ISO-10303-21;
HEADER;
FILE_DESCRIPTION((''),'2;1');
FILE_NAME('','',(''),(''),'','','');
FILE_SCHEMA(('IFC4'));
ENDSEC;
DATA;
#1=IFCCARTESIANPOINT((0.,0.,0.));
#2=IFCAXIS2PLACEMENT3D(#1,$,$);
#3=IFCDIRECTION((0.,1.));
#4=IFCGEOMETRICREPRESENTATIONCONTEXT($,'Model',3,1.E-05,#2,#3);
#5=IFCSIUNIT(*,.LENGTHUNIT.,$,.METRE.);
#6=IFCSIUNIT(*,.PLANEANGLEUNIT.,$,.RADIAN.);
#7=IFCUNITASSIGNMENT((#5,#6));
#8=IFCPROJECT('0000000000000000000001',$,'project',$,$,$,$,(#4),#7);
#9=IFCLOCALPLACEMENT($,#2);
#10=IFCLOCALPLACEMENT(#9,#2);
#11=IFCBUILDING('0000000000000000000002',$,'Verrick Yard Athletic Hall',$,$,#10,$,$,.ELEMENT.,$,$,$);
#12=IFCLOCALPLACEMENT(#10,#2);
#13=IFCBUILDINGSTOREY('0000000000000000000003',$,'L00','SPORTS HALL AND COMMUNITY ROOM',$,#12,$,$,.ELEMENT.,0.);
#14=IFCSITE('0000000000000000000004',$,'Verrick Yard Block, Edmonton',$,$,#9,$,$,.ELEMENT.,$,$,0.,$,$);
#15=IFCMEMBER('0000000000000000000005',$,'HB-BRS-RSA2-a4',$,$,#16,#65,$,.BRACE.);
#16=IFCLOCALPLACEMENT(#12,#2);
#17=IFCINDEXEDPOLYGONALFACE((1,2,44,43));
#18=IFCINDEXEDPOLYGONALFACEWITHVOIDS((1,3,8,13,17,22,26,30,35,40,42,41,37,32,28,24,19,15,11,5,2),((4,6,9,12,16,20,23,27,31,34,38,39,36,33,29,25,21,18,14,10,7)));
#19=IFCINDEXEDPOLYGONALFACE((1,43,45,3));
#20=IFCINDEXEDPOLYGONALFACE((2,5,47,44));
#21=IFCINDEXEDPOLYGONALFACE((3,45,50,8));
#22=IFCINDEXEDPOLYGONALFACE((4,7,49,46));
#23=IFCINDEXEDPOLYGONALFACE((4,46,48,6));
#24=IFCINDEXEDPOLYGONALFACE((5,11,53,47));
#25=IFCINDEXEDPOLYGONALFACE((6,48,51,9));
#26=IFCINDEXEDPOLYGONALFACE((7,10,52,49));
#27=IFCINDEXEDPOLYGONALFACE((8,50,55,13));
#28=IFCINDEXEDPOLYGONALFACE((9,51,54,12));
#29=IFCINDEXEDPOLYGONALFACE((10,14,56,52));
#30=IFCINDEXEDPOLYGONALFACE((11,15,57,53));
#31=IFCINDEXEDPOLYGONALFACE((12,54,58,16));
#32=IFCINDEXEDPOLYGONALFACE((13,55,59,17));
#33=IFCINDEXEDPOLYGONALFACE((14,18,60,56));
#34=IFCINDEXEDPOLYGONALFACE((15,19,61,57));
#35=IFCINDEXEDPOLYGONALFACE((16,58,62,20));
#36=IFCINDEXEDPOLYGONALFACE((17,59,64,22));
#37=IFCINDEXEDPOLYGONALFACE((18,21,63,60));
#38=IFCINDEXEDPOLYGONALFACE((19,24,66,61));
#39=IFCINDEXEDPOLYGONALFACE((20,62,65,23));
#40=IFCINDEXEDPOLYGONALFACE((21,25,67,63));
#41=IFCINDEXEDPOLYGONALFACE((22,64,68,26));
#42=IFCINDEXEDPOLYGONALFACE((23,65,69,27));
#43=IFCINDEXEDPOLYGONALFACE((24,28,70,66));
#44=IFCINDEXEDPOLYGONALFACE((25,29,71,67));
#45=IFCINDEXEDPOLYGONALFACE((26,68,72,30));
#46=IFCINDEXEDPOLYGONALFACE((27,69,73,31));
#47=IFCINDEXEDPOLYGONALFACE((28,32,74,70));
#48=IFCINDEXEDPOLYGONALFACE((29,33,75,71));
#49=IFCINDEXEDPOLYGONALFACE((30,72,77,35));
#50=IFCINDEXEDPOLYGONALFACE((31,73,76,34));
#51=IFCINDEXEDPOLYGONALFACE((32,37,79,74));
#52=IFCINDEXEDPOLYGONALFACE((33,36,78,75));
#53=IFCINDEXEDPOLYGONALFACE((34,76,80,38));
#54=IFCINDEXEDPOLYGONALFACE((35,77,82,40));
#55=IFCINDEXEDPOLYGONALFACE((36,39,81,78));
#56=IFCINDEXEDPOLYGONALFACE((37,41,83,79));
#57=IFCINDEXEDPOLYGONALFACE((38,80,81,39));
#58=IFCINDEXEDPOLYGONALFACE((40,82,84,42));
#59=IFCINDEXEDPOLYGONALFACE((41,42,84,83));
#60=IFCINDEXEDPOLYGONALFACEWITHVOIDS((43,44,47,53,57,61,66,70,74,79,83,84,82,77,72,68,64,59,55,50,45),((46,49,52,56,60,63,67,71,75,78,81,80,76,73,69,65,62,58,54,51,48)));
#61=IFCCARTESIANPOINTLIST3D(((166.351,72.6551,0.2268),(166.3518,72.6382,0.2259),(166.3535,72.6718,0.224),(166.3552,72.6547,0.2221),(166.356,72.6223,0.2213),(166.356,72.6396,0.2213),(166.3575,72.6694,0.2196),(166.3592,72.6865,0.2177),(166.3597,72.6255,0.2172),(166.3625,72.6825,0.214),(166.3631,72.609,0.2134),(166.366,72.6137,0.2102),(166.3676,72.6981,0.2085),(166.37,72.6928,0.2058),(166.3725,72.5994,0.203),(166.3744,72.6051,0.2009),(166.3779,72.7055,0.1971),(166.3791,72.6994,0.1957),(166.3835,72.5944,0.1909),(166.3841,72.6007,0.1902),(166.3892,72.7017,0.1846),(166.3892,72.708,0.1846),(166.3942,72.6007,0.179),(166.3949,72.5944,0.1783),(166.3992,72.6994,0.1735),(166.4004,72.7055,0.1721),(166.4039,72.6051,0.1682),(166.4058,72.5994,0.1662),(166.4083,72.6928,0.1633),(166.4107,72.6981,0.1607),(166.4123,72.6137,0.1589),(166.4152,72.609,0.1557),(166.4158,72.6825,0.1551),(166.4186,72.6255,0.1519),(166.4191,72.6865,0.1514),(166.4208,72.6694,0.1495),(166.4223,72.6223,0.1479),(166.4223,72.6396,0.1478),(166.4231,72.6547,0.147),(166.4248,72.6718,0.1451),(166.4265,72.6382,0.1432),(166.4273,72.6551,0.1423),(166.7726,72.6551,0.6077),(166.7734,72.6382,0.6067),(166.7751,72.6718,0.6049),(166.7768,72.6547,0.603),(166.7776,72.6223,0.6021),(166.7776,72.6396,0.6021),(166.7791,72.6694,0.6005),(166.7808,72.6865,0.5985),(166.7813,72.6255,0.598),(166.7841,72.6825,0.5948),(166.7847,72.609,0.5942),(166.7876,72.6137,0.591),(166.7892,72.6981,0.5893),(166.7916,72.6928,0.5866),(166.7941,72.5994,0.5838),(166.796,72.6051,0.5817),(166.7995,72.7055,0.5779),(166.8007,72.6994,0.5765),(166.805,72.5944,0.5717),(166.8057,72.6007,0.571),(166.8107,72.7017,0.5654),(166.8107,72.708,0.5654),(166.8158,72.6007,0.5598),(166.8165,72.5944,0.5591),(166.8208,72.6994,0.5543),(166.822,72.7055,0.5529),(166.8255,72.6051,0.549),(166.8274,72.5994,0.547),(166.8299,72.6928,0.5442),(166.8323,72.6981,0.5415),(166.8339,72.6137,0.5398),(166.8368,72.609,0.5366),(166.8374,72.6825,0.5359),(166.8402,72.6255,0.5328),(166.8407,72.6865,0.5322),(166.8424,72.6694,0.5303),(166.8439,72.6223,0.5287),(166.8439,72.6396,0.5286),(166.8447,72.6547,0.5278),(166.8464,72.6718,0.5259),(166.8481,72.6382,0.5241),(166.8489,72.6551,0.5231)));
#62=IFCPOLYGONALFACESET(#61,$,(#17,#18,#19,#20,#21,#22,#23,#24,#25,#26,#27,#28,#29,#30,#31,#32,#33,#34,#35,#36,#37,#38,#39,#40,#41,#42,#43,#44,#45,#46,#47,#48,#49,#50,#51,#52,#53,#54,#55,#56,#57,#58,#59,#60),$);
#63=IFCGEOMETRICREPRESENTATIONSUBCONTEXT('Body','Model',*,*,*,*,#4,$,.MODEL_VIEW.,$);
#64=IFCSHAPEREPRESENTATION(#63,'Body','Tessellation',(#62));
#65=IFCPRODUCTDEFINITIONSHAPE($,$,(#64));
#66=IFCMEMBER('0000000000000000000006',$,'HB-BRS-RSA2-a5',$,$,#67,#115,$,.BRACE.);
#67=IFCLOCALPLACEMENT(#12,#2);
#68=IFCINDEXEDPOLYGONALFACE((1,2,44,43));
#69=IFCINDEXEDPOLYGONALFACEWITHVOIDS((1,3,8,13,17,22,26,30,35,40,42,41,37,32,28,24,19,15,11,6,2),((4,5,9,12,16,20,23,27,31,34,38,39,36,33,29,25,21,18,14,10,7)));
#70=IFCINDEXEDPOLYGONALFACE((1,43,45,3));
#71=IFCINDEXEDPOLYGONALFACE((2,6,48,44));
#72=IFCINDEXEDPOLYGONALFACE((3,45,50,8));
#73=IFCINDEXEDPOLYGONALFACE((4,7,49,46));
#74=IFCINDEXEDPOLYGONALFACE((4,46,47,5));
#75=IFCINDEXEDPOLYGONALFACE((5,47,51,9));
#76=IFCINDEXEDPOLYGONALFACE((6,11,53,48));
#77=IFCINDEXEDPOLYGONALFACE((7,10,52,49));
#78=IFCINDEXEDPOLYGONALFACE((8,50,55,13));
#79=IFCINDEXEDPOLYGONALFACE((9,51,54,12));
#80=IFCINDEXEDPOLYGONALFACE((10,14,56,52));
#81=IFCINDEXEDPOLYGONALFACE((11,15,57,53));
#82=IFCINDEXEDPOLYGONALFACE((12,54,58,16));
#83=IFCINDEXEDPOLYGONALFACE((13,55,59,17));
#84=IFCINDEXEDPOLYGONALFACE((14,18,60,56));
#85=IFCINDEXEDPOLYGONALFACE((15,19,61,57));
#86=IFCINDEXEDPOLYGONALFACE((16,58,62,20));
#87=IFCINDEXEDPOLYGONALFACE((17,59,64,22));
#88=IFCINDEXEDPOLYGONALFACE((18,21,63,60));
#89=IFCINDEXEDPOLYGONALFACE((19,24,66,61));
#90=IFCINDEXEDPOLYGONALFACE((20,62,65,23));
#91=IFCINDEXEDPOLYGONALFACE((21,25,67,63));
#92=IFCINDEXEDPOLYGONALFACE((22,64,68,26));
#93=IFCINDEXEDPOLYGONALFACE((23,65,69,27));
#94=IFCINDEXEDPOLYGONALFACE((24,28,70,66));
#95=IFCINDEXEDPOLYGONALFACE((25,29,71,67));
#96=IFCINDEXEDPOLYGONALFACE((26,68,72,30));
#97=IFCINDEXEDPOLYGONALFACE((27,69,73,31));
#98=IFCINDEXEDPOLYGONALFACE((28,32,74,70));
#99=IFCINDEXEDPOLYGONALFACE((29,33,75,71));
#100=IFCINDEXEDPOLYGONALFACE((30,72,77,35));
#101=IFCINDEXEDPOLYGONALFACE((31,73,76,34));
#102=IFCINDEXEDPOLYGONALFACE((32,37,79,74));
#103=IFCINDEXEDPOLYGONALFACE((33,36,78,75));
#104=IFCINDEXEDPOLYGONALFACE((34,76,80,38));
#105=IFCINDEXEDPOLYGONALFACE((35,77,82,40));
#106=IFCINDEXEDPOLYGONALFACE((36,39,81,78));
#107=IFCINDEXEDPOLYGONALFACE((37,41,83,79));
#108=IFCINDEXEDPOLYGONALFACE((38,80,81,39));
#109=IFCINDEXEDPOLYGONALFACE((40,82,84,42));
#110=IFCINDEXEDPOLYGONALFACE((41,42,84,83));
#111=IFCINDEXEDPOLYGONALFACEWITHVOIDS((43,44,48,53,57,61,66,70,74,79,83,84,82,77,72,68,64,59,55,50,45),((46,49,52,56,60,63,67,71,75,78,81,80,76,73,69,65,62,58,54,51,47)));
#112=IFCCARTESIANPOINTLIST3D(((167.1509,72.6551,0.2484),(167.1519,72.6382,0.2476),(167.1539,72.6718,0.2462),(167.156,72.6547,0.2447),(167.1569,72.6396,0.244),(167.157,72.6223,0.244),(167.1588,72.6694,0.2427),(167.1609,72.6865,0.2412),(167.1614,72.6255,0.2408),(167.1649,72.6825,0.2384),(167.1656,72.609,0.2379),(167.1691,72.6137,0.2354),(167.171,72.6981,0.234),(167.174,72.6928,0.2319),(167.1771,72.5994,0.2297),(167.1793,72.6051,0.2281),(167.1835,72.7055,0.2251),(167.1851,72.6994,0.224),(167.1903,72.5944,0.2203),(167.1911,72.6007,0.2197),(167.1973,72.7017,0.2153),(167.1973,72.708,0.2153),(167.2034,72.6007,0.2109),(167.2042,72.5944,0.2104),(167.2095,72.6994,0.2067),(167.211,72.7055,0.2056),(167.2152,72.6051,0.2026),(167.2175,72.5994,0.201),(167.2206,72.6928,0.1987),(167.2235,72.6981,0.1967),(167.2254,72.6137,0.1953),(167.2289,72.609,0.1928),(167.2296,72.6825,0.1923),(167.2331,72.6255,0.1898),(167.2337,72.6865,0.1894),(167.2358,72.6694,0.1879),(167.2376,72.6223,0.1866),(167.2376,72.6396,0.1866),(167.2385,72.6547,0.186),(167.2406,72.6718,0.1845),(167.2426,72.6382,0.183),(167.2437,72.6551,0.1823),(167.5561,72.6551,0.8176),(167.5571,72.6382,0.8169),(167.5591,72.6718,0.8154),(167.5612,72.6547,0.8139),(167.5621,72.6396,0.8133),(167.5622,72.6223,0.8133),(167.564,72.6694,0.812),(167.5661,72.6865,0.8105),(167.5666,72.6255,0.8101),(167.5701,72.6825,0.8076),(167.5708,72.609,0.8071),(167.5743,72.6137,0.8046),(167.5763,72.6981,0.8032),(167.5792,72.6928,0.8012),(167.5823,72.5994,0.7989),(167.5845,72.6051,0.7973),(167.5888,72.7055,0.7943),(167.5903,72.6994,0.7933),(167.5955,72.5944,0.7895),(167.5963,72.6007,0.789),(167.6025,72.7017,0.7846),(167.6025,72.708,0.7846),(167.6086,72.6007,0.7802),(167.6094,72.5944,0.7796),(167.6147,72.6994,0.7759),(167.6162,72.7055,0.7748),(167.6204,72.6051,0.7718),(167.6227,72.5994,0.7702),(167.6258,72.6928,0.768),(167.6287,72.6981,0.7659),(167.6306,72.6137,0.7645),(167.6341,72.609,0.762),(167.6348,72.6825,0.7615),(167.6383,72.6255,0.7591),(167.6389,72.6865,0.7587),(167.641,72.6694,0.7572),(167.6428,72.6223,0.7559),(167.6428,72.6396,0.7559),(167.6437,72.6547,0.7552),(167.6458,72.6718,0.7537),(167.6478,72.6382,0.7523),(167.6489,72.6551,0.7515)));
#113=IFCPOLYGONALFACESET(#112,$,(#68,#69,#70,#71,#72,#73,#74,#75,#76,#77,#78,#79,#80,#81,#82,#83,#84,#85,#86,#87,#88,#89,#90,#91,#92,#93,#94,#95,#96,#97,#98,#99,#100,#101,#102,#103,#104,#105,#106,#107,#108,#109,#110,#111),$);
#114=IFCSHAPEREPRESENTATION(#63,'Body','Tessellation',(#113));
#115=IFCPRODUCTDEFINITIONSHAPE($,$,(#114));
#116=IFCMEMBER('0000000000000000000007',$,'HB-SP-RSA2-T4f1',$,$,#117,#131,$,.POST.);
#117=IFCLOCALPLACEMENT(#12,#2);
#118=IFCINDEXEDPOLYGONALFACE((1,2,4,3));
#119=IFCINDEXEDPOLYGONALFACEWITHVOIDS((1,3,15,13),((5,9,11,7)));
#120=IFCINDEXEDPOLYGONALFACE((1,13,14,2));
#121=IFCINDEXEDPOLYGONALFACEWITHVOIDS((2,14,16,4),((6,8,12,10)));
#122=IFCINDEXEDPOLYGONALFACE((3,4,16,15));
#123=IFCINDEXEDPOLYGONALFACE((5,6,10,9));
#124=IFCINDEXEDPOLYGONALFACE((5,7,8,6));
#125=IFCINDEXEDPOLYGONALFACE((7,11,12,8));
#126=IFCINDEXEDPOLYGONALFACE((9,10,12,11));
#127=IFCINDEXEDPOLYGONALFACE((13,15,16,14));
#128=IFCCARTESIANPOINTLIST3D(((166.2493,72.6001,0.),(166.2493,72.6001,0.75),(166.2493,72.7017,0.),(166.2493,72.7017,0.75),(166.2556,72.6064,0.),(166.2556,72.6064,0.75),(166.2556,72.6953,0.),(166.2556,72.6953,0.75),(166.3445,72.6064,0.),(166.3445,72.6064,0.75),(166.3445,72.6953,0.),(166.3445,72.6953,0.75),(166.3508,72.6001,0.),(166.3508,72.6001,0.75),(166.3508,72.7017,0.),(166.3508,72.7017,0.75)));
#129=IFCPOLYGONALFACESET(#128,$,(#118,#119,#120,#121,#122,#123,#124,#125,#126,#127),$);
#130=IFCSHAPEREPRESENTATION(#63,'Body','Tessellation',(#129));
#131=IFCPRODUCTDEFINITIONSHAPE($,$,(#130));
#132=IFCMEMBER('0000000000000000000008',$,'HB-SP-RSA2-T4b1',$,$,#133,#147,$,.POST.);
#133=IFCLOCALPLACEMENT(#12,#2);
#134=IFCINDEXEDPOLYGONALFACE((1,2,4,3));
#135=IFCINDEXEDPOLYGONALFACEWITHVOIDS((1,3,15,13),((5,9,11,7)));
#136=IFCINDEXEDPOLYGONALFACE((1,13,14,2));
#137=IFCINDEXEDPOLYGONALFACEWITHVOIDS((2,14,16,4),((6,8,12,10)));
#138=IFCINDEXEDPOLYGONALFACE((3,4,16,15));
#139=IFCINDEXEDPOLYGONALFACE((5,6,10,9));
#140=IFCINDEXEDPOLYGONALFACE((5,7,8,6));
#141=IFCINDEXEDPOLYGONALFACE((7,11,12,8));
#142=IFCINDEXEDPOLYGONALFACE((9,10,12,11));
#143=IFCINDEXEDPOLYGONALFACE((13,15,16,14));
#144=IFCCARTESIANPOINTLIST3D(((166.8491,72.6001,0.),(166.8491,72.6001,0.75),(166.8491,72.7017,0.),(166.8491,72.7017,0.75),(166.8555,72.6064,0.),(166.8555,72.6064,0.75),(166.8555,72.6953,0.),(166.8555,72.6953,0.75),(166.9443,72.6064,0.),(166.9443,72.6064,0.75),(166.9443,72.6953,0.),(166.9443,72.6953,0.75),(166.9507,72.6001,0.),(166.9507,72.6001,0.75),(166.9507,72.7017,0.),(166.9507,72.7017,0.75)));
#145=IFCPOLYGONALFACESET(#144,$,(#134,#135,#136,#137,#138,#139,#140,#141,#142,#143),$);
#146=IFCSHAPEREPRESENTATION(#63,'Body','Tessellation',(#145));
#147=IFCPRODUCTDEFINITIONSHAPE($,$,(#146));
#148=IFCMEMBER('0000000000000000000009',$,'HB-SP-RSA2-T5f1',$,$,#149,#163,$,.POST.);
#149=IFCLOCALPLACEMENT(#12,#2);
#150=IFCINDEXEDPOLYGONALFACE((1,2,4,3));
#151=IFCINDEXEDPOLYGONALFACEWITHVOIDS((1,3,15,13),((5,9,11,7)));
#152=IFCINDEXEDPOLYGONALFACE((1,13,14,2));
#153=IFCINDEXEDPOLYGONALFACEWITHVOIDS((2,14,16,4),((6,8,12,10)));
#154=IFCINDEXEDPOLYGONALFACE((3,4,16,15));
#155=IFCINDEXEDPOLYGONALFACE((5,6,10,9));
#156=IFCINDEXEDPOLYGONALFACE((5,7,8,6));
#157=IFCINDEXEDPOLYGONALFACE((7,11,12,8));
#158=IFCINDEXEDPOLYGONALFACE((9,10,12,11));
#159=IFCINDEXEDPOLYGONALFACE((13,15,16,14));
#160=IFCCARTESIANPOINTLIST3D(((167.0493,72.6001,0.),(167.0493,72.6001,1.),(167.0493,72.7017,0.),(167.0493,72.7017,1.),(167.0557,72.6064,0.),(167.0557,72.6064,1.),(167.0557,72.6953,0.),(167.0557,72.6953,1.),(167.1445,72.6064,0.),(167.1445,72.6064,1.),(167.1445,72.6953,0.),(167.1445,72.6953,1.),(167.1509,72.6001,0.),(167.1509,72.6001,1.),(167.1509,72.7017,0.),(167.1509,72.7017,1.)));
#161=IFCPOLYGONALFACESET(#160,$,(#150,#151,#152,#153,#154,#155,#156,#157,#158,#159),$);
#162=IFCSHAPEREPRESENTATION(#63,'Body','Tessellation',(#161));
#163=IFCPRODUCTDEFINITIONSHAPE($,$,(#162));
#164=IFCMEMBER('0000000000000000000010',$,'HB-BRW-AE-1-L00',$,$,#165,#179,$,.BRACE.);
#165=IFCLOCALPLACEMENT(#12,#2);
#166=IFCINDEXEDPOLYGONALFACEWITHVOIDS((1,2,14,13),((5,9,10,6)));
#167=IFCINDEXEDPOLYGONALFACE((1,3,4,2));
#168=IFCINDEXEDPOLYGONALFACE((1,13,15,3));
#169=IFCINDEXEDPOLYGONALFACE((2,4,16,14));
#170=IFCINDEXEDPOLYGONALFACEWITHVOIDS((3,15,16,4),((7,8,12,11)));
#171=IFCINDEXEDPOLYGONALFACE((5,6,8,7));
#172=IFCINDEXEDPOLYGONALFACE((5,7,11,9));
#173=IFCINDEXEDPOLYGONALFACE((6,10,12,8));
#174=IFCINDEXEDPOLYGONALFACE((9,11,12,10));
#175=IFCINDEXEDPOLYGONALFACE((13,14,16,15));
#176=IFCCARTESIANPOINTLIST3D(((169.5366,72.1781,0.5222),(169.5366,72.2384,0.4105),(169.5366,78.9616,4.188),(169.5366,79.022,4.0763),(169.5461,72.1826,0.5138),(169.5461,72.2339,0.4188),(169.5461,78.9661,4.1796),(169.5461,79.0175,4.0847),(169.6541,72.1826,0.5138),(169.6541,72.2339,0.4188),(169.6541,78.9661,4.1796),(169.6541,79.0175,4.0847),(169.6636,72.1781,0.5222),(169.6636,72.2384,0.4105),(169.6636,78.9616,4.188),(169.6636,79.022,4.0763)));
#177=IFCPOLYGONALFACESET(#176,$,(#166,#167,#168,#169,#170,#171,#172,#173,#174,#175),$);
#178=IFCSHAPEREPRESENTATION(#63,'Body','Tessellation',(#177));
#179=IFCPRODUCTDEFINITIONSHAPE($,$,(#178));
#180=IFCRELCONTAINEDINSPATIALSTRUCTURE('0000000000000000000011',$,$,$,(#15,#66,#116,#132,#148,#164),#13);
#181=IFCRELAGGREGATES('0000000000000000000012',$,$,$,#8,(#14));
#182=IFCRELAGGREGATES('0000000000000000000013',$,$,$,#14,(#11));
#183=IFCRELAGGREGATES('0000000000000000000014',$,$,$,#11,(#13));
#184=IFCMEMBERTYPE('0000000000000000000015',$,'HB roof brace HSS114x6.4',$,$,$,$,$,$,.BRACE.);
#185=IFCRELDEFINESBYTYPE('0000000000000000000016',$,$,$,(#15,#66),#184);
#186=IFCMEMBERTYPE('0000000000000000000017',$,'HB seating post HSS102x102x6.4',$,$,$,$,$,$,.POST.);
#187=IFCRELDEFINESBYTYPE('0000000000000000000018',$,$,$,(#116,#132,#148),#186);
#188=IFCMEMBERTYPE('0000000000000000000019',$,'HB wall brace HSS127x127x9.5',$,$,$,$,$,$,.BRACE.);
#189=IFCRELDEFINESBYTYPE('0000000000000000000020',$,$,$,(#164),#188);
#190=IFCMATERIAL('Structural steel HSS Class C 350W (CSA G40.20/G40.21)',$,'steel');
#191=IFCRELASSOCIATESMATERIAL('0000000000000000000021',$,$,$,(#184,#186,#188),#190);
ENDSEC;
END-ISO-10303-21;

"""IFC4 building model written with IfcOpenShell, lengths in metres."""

from ifc_helpers import new_model, si_unit, direction, frame, origin, origin_2d, place, context, subcontext, project, spatial, hollow_rectangle, hollow_circle, extrude, material, material_profile, profile_set, type_object, element, save


model = new_model("IFC4")

# Units and contexts
model_context = context("Model", 3, precision=1e-05, world=origin(), true_north=direction((0.0, 1.0)))
body_context = subcontext(model_context, "Body", "Model", "MODEL_VIEW")
ifc_project = project(units=[si_unit("LENGTHUNIT", "METRE"), si_unit("PLANEANGLEUNIT", "RADIAN")], contexts=[model_context])

# Site, building, storey
site_placement = place(None, origin())
site = spatial("IfcSite", under=ifc_project, at=site_placement, Name="Verrick Yard Block, Edmonton", CompositionType="ELEMENT", RefElevation=0.0)
building_placement = place(site_placement, origin())
building = spatial("IfcBuilding", under=site, at=building_placement, Name="Verrick Yard Athletic Hall", CompositionType="ELEMENT")
storey_placement = place(building_placement, origin())
storey = spatial("IfcBuildingStorey", under=building, at=storey_placement, Name="L00", Description="SPORTS HALL AND COMMUNITY ROOM", CompositionType="ELEMENT", Elevation=0.0)

# Members
ifc_material_1 = material(Name="Structural steel HSS Class C 350W (CSA G40.20/G40.21)", Category="steel")
ifc_material_profile_1 = material_profile(ifc_material_1, hollow_circle(Radius=0.0571, WallThickness=0.0063, at=origin_2d()), Name="HSS114x6.4")
ifc_profile_set_1 = profile_set([ifc_material_profile_1], Name="Structural steel HSS Class C 350W (CSA G40.20/G40.21)")
member_type_1 = type_object("IfcMemberType", Name="HB roof brace HSS114x6.4", PredefinedType="BRACE", material=ifc_profile_set_1)
member_1_placement = place(storey_placement, frame((166.3892, 72.6509, 0.1846), z_axis=(0.742075, 0.0, 0.670317), x_axis=(0.0, 1.0, 0.0)))
element("IfcMember", 1, at=member_1_placement, inside=storey, type_object=member_type_1, Name="HB-BRS-RSA2-a4", PredefinedType="BRACE", context=body_context, shape_type="SweptSolid", body=[
    extrude(hollow_circle(Radius=0.0571, WallThickness=0.0063, at=origin_2d()), origin(), (0.0, 0.0, 1.0), 0.5681),
])
member_2_placement = place(storey_placement, frame((167.1973, 72.6509, 0.2153), z_axis=(0.579916, 0.0, 0.814677), x_axis=(0.0, 1.0, 0.0)))
element("IfcMember", 2, at=member_2_placement, inside=storey, type_object=member_type_1, Name="HB-BRS-RSA2-a5", PredefinedType="BRACE", context=body_context, shape_type="SweptSolid", body=[
    extrude(hollow_circle(Radius=0.0571, WallThickness=0.0063, at=origin_2d()), origin(), (0.0, 0.0, 1.0), 0.6987),
])
ifc_material_profile_2 = material_profile(ifc_material_1, hollow_rectangle(XDim=0.1016, YDim=0.1016, WallThickness=0.0063, at=origin_2d()), Name="HSS102x102x6.4")
ifc_profile_set_2 = profile_set([ifc_material_profile_2], Name="Structural steel HSS Class C 350W (CSA G40.20/G40.21)")
member_type_2 = type_object("IfcMemberType", Name="HB seating post HSS102x102x6.4", PredefinedType="POST", material=ifc_profile_set_2)
for number, where, z_axis, x_axis, name in (
    (3, (166.3, 72.6509, 0.0), (0.0, 0.0, 1.0), (0.0, 1.0, 0.0), "HB-SP-RSA2-T4f1"),
    (4, (166.8999, 72.6509, 0.0), (0.0, 0.0, 1.0), (0.0, 1.0, 0.0), "HB-SP-RSA2-T4b1"),
):
    element("IfcMember", number, at=place(storey_placement, frame(where, z_axis=z_axis, x_axis=x_axis)), inside=storey, type_object=member_type_2, Name=name, PredefinedType="POST", context=body_context, shape_type="SweptSolid", body=[
        extrude(hollow_rectangle(XDim=0.1016, YDim=0.1016, WallThickness=0.0063, at=origin_2d()), origin(), (0.0, 0.0, 1.0), 0.75),
    ])
member_3_placement = place(storey_placement, frame((167.1001, 72.6509, 0.0), z_axis=(0.0, 0.0, 1.0), x_axis=(0.0, 1.0, 0.0)))
element("IfcMember", 5, at=member_3_placement, inside=storey, type_object=member_type_2, Name="HB-SP-RSA2-T5f1", PredefinedType="POST", context=body_context, shape_type="SweptSolid", body=[
    extrude(hollow_rectangle(XDim=0.1016, YDim=0.1016, WallThickness=0.0063, at=origin_2d()), origin(), (0.0, 0.0, 1.0), 1.0),
])
ifc_material_profile_3 = material_profile(ifc_material_1, hollow_rectangle(XDim=0.127, YDim=0.127, WallThickness=0.0095, at=origin_2d()), Name="HSS127x127x9.5")
ifc_profile_set_3 = profile_set([ifc_material_profile_3], Name="Structural steel HSS Class C 350W (CSA G40.20/G40.21)")
member_type_3 = type_object("IfcMemberType", Name="HB wall brace HSS127x127x9.5", PredefinedType="BRACE", material=ifc_profile_set_3)
member_4_placement = place(storey_placement, frame((169.6001, 72.2083, 0.4663), z_axis=(0.0, 0.879758, 0.475421), x_axis=(-1.0, 0.0, 0.0)))
element("IfcMember", 6, at=member_4_placement, inside=storey, type_object=member_type_3, Name="HB-BRW-AE-1-L00", PredefinedType="BRACE", context=body_context, shape_type="SweptSolid", body=[
    extrude(hollow_rectangle(XDim=0.127, YDim=0.127, WallThickness=0.0095, at=origin_2d()), origin(), (0.0, 0.0, 1.0), 7.7107),
])

save(model, "model.ifc")
